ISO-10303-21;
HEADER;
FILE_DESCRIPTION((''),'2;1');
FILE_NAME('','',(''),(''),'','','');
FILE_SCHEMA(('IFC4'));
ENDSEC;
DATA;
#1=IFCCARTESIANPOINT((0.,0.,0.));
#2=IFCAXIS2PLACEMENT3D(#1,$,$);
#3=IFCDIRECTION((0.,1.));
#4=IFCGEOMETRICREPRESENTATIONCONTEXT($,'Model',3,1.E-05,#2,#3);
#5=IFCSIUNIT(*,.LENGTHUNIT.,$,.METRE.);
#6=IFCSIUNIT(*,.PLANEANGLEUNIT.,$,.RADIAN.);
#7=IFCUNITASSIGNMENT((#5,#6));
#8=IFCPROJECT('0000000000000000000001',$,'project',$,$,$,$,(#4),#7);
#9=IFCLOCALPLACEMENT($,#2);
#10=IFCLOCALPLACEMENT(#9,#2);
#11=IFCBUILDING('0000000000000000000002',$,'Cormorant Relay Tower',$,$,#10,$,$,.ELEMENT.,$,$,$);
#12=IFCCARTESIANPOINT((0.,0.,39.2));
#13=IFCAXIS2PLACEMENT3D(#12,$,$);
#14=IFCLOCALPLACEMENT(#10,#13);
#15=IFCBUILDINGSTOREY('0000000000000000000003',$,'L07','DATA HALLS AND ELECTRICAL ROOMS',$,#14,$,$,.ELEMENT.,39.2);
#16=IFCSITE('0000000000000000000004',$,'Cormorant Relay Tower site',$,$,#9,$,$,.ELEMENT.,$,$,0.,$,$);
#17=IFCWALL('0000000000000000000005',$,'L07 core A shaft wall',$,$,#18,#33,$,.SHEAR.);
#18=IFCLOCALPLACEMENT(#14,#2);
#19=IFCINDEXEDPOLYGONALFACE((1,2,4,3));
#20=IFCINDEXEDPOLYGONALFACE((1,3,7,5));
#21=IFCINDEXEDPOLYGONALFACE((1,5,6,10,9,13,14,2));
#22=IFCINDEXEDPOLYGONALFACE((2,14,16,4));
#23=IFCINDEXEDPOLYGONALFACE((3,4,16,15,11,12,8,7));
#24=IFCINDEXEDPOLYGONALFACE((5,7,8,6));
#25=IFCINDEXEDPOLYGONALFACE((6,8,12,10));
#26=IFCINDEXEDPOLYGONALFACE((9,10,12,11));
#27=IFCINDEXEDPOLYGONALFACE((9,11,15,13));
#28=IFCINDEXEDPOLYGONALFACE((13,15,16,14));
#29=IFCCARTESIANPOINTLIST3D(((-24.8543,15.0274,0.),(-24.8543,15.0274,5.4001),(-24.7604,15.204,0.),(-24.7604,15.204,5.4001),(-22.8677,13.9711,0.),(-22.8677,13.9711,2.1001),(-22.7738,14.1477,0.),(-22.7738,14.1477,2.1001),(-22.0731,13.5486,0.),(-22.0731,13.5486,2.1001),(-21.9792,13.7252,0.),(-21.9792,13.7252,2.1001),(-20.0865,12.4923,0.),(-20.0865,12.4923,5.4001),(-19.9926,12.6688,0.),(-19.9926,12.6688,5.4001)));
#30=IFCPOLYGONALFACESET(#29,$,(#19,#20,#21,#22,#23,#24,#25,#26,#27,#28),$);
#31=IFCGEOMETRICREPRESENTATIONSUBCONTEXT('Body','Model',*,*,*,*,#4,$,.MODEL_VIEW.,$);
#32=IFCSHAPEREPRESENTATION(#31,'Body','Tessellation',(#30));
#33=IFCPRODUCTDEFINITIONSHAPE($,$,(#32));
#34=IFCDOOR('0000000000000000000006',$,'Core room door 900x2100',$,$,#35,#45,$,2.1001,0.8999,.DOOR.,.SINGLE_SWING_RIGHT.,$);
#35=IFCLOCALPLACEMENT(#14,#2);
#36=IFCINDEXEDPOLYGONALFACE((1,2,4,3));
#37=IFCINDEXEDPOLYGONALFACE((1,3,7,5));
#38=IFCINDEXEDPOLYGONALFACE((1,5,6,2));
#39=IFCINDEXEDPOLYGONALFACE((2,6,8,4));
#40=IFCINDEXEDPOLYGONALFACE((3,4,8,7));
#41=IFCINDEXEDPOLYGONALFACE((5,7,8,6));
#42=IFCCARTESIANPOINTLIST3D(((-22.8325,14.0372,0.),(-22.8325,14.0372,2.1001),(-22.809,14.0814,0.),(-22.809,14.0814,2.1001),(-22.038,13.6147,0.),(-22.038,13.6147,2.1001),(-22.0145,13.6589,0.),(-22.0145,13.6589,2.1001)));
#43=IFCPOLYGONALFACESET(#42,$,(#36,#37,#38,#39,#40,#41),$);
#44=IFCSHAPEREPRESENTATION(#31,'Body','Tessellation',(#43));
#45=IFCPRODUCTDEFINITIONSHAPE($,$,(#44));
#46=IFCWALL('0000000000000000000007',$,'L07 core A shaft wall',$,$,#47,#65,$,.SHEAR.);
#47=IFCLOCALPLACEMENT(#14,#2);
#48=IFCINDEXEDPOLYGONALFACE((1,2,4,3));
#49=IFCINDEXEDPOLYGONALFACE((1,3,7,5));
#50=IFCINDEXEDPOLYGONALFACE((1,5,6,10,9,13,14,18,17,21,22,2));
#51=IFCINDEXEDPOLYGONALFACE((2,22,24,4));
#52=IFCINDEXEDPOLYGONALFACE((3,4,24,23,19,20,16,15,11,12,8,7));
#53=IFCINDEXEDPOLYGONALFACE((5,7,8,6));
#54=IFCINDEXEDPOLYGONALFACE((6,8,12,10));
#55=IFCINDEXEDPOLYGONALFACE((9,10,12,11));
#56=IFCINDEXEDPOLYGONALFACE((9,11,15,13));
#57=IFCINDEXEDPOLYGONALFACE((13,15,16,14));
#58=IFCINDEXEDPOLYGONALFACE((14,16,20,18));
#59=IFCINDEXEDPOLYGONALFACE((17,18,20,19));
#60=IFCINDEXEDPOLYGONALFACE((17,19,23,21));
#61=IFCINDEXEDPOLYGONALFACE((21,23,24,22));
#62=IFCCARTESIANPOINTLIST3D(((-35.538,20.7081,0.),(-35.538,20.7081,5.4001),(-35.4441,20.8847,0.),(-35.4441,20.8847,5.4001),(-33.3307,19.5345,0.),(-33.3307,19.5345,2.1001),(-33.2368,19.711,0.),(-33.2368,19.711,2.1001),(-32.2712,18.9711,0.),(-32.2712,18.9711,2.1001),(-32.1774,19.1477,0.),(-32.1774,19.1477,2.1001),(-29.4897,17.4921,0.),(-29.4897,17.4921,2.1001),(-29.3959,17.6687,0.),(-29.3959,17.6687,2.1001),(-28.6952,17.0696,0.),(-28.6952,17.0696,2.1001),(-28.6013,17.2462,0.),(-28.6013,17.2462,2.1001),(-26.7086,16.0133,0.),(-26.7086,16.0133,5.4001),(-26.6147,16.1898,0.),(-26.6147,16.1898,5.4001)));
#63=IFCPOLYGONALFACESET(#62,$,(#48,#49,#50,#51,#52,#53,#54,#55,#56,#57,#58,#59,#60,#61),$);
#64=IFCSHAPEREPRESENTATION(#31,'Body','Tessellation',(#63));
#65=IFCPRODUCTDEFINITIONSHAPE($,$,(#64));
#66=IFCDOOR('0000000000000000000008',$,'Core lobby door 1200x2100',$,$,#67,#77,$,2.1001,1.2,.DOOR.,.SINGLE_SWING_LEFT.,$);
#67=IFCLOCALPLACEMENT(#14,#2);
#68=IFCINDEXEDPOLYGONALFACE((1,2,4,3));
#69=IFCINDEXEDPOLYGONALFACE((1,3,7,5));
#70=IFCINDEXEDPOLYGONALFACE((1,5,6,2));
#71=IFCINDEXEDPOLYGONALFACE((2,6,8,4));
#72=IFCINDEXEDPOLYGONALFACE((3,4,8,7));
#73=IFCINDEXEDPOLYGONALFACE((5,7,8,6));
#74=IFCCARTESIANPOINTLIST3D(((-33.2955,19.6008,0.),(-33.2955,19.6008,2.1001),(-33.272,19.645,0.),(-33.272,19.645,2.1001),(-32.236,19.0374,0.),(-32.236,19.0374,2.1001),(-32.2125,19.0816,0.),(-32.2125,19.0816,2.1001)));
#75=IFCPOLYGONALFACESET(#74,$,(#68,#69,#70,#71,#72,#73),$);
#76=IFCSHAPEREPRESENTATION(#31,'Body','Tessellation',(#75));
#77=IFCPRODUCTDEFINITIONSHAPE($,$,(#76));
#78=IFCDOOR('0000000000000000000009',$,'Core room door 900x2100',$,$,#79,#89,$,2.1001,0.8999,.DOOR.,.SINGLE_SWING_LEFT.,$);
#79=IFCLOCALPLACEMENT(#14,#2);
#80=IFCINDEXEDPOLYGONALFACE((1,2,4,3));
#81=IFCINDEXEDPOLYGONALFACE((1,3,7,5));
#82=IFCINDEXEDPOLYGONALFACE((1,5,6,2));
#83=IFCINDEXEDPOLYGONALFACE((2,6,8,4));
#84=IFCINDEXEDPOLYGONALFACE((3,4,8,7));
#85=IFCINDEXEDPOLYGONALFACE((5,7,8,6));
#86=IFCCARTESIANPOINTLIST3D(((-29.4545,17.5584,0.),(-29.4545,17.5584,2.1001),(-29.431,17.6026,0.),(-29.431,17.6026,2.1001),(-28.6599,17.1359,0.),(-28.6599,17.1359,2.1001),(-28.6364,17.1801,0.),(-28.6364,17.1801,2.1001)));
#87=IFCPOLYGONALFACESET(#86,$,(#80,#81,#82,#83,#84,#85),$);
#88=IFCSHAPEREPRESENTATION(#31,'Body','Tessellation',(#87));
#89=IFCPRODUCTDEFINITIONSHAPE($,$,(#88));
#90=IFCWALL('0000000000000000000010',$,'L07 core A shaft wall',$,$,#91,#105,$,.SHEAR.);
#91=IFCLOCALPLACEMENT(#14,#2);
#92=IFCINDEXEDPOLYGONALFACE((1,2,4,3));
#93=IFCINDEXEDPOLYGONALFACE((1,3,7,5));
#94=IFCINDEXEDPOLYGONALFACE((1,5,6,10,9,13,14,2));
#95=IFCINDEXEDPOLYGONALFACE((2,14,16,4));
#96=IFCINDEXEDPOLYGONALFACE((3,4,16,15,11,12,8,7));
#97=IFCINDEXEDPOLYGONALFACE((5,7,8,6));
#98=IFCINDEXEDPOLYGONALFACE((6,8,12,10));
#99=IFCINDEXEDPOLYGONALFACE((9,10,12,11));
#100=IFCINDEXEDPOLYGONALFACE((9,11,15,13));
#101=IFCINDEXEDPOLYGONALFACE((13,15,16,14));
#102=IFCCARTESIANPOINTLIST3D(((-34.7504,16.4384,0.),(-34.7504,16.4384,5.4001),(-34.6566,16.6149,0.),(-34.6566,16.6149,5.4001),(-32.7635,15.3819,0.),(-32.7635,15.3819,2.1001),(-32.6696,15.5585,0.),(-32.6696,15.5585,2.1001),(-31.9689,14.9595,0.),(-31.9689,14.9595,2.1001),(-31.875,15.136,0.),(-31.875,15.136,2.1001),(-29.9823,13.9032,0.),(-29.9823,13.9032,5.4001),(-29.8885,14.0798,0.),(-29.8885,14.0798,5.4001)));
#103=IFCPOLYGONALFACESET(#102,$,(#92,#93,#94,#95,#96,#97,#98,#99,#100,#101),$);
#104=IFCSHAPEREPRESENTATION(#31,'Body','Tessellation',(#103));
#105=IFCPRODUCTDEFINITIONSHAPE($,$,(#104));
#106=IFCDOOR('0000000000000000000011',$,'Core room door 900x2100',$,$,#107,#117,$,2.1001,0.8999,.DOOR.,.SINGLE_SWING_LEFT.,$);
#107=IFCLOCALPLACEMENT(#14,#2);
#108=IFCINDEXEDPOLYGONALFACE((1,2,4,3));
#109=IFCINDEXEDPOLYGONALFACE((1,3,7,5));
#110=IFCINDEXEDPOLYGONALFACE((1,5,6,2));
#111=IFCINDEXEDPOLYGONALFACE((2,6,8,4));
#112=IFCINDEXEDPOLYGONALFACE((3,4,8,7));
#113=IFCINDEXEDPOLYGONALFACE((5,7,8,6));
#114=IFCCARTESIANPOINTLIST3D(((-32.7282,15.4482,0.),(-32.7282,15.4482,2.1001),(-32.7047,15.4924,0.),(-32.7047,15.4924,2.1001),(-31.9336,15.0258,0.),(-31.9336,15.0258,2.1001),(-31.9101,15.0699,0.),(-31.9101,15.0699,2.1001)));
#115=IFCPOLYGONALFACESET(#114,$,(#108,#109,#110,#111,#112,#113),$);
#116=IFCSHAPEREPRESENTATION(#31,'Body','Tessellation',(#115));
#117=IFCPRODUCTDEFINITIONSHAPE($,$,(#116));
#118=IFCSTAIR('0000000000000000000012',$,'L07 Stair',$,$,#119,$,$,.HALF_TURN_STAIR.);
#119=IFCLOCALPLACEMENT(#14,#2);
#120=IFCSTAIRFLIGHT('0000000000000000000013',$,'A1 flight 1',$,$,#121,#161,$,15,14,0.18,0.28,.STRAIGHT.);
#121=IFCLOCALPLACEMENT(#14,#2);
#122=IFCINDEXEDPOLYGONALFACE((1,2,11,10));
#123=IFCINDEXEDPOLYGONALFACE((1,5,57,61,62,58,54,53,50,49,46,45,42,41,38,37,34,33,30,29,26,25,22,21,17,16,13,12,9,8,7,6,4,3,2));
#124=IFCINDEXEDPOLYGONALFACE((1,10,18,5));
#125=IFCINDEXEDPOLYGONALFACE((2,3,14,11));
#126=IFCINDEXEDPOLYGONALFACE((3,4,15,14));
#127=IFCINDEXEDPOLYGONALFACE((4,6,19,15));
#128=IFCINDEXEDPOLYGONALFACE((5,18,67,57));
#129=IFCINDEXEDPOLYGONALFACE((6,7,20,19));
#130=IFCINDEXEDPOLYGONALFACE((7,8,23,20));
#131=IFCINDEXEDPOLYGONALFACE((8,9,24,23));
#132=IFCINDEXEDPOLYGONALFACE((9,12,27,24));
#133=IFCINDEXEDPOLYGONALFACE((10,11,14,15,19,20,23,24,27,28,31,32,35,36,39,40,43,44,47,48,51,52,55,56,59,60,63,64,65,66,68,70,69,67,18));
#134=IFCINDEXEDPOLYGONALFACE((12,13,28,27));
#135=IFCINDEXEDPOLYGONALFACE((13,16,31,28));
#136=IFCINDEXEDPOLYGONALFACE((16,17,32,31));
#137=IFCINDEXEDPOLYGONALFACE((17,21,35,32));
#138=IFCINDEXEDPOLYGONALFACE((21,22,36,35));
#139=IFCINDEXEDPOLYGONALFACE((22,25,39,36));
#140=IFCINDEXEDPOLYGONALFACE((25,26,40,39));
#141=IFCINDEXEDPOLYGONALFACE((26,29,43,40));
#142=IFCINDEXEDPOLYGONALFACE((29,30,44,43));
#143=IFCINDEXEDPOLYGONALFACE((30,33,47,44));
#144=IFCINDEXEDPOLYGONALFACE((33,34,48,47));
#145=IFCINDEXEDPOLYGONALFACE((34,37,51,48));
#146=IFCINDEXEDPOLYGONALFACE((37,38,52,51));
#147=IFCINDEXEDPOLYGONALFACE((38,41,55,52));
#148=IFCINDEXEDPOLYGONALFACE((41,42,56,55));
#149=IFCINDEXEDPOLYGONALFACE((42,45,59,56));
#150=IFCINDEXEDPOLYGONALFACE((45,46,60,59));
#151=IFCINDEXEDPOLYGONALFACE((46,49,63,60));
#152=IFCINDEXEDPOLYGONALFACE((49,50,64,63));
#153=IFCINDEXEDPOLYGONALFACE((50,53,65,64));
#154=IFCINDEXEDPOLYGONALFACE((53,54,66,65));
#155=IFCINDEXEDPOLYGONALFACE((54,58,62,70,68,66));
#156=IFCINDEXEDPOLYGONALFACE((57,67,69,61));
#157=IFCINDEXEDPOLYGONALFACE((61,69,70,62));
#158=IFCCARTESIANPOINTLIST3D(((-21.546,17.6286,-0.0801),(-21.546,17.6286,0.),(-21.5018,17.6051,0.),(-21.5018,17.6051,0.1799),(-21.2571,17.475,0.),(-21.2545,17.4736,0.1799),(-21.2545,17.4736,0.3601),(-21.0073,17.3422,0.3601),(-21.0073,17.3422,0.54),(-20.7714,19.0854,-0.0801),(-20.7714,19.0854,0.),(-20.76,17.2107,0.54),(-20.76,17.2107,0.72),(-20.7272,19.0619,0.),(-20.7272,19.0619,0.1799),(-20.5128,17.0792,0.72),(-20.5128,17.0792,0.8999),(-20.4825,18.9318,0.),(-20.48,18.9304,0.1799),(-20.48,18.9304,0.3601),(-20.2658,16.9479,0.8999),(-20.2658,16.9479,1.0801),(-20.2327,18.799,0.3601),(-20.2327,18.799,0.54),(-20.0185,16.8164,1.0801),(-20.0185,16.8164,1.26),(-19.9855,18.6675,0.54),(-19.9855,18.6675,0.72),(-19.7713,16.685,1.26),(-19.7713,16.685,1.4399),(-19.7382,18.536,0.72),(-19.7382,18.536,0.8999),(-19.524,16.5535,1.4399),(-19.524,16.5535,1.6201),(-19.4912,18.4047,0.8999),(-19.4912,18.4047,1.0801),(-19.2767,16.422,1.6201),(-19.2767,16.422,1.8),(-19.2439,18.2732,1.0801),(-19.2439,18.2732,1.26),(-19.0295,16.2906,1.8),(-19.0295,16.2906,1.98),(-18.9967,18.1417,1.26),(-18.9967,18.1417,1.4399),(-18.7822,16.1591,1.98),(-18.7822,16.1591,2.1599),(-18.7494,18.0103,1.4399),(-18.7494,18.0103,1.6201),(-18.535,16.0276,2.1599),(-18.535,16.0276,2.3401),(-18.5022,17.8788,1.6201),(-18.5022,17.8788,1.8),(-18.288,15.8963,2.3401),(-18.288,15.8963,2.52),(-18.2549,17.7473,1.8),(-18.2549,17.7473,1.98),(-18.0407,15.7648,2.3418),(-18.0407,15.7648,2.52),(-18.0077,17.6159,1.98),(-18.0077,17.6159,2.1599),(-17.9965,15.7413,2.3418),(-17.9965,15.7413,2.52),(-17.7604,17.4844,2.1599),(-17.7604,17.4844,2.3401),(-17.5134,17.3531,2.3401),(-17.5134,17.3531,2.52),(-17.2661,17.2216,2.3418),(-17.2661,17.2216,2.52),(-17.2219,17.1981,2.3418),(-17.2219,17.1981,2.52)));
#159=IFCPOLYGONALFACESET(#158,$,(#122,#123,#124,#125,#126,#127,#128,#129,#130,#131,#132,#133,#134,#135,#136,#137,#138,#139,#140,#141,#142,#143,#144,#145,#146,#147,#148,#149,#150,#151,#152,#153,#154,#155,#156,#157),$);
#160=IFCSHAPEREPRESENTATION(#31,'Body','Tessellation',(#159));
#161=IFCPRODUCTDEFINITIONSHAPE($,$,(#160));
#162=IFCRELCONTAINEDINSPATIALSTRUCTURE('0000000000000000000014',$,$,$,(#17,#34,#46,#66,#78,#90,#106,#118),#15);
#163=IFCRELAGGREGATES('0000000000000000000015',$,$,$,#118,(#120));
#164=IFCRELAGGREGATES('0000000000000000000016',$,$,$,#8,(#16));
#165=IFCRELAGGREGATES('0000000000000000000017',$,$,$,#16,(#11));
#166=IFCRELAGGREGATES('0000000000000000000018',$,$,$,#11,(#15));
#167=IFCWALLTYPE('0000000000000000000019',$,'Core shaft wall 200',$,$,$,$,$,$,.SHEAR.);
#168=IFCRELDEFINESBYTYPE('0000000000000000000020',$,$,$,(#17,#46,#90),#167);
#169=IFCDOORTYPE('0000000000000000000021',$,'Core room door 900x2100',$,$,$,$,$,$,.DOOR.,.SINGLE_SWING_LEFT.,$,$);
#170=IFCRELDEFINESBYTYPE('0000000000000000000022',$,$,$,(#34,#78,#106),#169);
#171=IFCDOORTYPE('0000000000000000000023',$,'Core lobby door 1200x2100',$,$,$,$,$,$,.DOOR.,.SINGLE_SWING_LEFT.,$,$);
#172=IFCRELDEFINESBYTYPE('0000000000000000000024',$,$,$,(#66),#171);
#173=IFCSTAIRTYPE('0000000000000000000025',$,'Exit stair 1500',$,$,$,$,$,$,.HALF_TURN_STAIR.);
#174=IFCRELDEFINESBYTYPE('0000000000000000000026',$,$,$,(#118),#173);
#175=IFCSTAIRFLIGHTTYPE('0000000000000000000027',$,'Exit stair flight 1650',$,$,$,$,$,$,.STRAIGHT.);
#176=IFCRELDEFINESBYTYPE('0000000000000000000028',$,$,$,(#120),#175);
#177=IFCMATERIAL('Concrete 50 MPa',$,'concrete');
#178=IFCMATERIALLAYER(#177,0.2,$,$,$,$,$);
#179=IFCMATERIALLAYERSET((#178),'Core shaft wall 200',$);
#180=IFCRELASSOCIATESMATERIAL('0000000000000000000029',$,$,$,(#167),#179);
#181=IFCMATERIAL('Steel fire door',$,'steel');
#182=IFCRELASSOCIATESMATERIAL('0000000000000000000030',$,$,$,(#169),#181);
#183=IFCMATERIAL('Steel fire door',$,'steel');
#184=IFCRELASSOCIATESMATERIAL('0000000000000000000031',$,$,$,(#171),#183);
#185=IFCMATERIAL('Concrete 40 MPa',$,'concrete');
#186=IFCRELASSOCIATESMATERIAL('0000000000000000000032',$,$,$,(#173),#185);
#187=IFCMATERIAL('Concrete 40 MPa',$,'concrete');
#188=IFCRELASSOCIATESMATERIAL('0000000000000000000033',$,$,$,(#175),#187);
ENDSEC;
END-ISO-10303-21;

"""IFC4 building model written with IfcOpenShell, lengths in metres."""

from ifc_helpers import new_model, si_unit, direction, frame, frame_2d, origin, place, context, subcontext, project, spatial, polyline, rectangle, outline, extrude, material, layer, layer_set, type_object, element, fill, aggregate, save


model = new_model("IFC4")

# Units and contexts
model_context = context("Model", 3, precision=1e-05, world=origin(), true_north=direction((0.0, 1.0)))
body_context = subcontext(model_context, "Body", "Model", "MODEL_VIEW")
ifc_project = project(units=[si_unit("LENGTHUNIT", "METRE"), si_unit("PLANEANGLEUNIT", "RADIAN")], contexts=[model_context])

# Site, building, storey
site_placement = place(None, origin())
site = spatial("IfcSite", under=ifc_project, at=site_placement, Name="Cormorant Relay Tower site", CompositionType="ELEMENT", RefElevation=0.0)
building_placement = place(site_placement, origin())
building = spatial("IfcBuilding", under=site, at=building_placement, Name="Cormorant Relay Tower", CompositionType="ELEMENT")
storey_placement = place(building_placement, frame((0.0, 0.0, 39.2)))
storey = spatial("IfcBuildingStorey", under=building, at=storey_placement, Name="L07", Description="DATA HALLS AND ELECTRICAL ROOMS", CompositionType="ELEMENT", Elevation=39.2)

# Shared definitions
ifc_material_1 = material(Name="Concrete 50 MPa", Category="concrete")
ifc_layer_1 = layer(ifc_material_1, 0.2)
ifc_layer_set_1 = layer_set([ifc_layer_1], Name="Core shaft wall 200")
wall_type_1 = type_object("IfcWallType", Name="Core shaft wall 200", PredefinedType="SHEAR", material=ifc_layer_set_1)

# Shared definitions
ifc_material_2 = material(Name="Steel fire door", Category="steel")
door_type_1 = type_object("IfcDoorType", Name="Core room door 900x2100", OperationType="SINGLE_SWING_LEFT", PredefinedType="DOOR", material=ifc_material_2)

# Wall, opening, door
wall_1_placement = place(storey_placement, frame((-20.0396, 12.5806, 0.0), z_axis=(0.0, 0.0, 1.0), x_axis=(-0.882943, 0.46948, 0.0)))
wall_1 = element("IfcWall", 1, at=wall_1_placement, inside=storey, type_object=wall_type_1, Name="L07 core A shaft wall", PredefinedType="SHEAR", context=body_context, shape_type="SweptSolid", body=[
    extrude(rectangle(XDim=5.3999, YDim=0.2, at=frame_2d((2.7, 0.0))), origin(), (0.0, 0.0, 1.0), 5.4001),
])
opening_1_placement = place(wall_1_placement, frame((2.25, 0.0, 0.0)))
opening_1 = element("IfcOpeningElement", 2, at=opening_1_placement, cuts=wall_1, PredefinedType="OPENING", context=body_context, shape_type="SweptSolid", body=[
    extrude(rectangle(XDim=0.8999, YDim=2.1001, at=frame_2d((0.45, 1.05))), frame((0.0, 0.1099, 0.0), z_axis=(0.0, -1.0, 0.0), x_axis=(1.0, 0.0, 0.0)), (0.0, 0.0, 1.0), 0.22),
])
door_1_placement = place(opening_1_placement, frame((0.8999, 0.0, 0.0), z_axis=(0.0, 0.0, 1.0), x_axis=(-1.0, 0.0, 0.0)))
door_1 = element("IfcDoor", 3, at=door_1_placement, inside=storey, type_object=door_type_1, Name="Core room door 900x2100", OperationType="SINGLE_SWING_RIGHT", OverallHeight=2.1001, OverallWidth=0.8999, PredefinedType="DOOR", context=body_context, shape_type="SweptSolid", body=[
    extrude(rectangle(XDim=0.8999, YDim=2.1001, at=frame_2d((0.45, 1.05))), frame((0.0, 0.0249, 0.0), z_axis=(0.0, -1.0, 0.0), x_axis=(1.0, 0.0, 0.0)), (0.0, 0.0, 1.0), 0.05),
])
fill(opening_1, door_1)

# Wall, openings, doors
wall_2_placement = place(storey_placement, frame((-26.6616, 16.1016, 0.0), z_axis=(0.0, 0.0, 1.0), x_axis=(-0.88294, 0.469485, 0.0)))
wall_2 = element("IfcWall", 4, at=wall_2_placement, inside=storey, type_object=wall_type_1, Name="L07 core A shaft wall", PredefinedType="SHEAR", context=body_context, shape_type="SweptSolid", body=[
    extrude(rectangle(XDim=10.0, YDim=0.2, at=frame_2d((5.0, 0.0))), origin(), (0.0, 0.0, 1.0), 5.4001),
])
opening_2_placement = place(wall_2_placement, frame((6.3, 0.0, 0.0)))
opening_2 = element("IfcOpeningElement", 5, at=opening_2_placement, cuts=wall_2, PredefinedType="OPENING", context=body_context, shape_type="SweptSolid", body=[
    extrude(rectangle(XDim=1.2, YDim=2.1001, at=frame_2d((0.6001, 1.05))), frame((0.0, 0.1099, 0.0), z_axis=(0.0, -1.0, 0.0), x_axis=(1.0, 0.0, 0.0)), (0.0, 0.0, 1.0), 0.22),
])
opening_3_placement = place(wall_2_placement, frame((2.25, 0.0, 0.0)))
opening_3 = element("IfcOpeningElement", 6, at=opening_3_placement, cuts=wall_2, PredefinedType="OPENING", context=body_context, shape_type="SweptSolid", body=[
    extrude(rectangle(XDim=0.8999, YDim=2.1001, at=frame_2d((0.45, 1.05))), frame((0.0, 0.1099, 0.0), z_axis=(0.0, -1.0, 0.0), x_axis=(1.0, 0.0, 0.0)), (0.0, 0.0, 1.0), 0.22),
])
ifc_material_3 = material(Name="Steel fire door", Category="steel")
door_type_2 = type_object("IfcDoorType", Name="Core lobby door 1200x2100", OperationType="SINGLE_SWING_LEFT", PredefinedType="DOOR", material=ifc_material_3)
door_2_placement = place(opening_2_placement, origin())
door_2 = element("IfcDoor", 7, at=door_2_placement, inside=storey, type_object=door_type_2, Name="Core lobby door 1200x2100", OperationType="SINGLE_SWING_LEFT", OverallHeight=2.1001, OverallWidth=1.2, PredefinedType="DOOR", context=body_context, shape_type="SweptSolid", body=[
    extrude(rectangle(XDim=1.2, YDim=2.1001, at=frame_2d((0.6001, 1.05))), frame((0.0, 0.0249, 0.0), z_axis=(0.0, -1.0, 0.0), x_axis=(1.0, 0.0, 0.0)), (0.0, 0.0, 1.0), 0.05),
])
fill(opening_2, door_2)
door_3_placement = place(opening_3_placement, origin())
door_3 = element("IfcDoor", 8, at=door_3_placement, inside=storey, type_object=door_type_1, Name="Core room door 900x2100", OperationType="SINGLE_SWING_LEFT", OverallHeight=2.1001, OverallWidth=0.8999, PredefinedType="DOOR", context=body_context, shape_type="SweptSolid", body=[
    extrude(rectangle(XDim=0.8999, YDim=2.1001, at=frame_2d((0.45, 1.05))), frame((0.0, 0.0249, 0.0), z_axis=(0.0, -1.0, 0.0), x_axis=(1.0, 0.0, 0.0)), (0.0, 0.0, 1.0), 0.05),
])
fill(opening_3, door_3)

# Wall, opening, door
wall_3_placement = place(storey_placement, frame((-29.9353, 13.9915, 0.0), z_axis=(0.0, 0.0, 1.0), x_axis=(-0.882953, 0.469462, 0.0)))
wall_3 = element("IfcWall", 9, at=wall_3_placement, inside=storey, type_object=wall_type_1, Name="L07 core A shaft wall", PredefinedType="SHEAR", context=body_context, shape_type="SweptSolid", body=[
    extrude(rectangle(XDim=5.4001, YDim=0.2, at=frame_2d((2.7002, 0.0))), origin(), (0.0, 0.0, 1.0), 5.4001),
])
opening_4_placement = place(wall_3_placement, frame((2.25, 0.0, 0.0)))
opening_4 = element("IfcOpeningElement", 10, at=opening_4_placement, cuts=wall_3, PredefinedType="OPENING", context=body_context, shape_type="SweptSolid", body=[
    extrude(rectangle(XDim=0.8999, YDim=2.1001, at=frame_2d((0.45, 1.05))), frame((0.0, 0.1099, 0.0), z_axis=(0.0, -1.0, 0.0), x_axis=(1.0, 0.0, 0.0)), (0.0, 0.0, 1.0), 0.22),
])
door_4_placement = place(opening_4_placement, origin())
door_4 = element("IfcDoor", 11, at=door_4_placement, inside=storey, type_object=door_type_1, Name="Core room door 900x2100", OperationType="SINGLE_SWING_LEFT", OverallHeight=2.1001, OverallWidth=0.8999, PredefinedType="DOOR", context=body_context, shape_type="SweptSolid", body=[
    extrude(rectangle(XDim=0.8999, YDim=2.1001, at=frame_2d((0.45, 1.05))), frame((0.0, 0.0249, 0.0), z_axis=(0.0, -1.0, 0.0), x_axis=(1.0, 0.0, 0.0)), (0.0, 0.0, 1.0), 0.05),
])
fill(opening_4, door_4)

# Stair, stair flight
ifc_material_4 = material(Name="Concrete 40 MPa", Category="concrete")
stair_type = type_object("IfcStairType", Name="Exit stair 1500", PredefinedType="HALF_TURN_STAIR", material=ifc_material_4)
stair_placement = place(storey_placement, origin())
stair = element("IfcStair", 12, at=stair_placement, inside=storey, type_object=stair_type, Name="L07 Stair", PredefinedType="HALF_TURN_STAIR")
ifc_material_5 = material(Name="Concrete 40 MPa", Category="concrete")
stair_flight_type = type_object("IfcStairFlightType", Name="Exit stair flight 1650", PredefinedType="STRAIGHT", material=ifc_material_5)
stair_flight_placement = place(storey_placement, frame((-21.1145, 18.3335, 0.0), z_axis=(0.0, 0.0, 1.0), x_axis=(0.882948, -0.469472, 0.0)))
stair_flight = element("IfcStairFlight", 13, at=stair_flight_placement, type_object=stair_flight_type, Name="A1 flight 1", NumberOfRisers=15, NumberOfTreads=14, PredefinedType="STRAIGHT", RiserHeight=0.18, TreadLength=0.28, context=body_context, shape_type="SweptSolid", body=[
    extrude(outline(polyline([(-0.05, -0.0801), (-0.05, 0.0), (0.0, 0.0), (0.0, 0.1799), (0.28, 0.1799), (0.28, 0.3601), (0.5601, 0.3601), (0.5601, 0.54), (0.8401, 0.54), (0.8401, 0.72), (1.1201, 0.72), (1.1201, 0.8999), (1.3999, 0.8999), (1.3999, 1.0801), (1.6799, 1.0801), (1.6799, 1.26), (1.96, 1.26), (1.96, 1.4399), (2.24, 1.4399), (2.24, 1.6201), (2.52, 1.6201), (2.52, 1.8), (2.8, 1.8), (2.8, 1.98), (3.0801, 1.98), (3.0801, 2.1599), (3.3601, 2.1599), (3.3601, 2.3401), (3.6399, 2.3401), (3.6399, 2.52), (3.9199, 2.52), (3.97, 2.52), (3.97, 2.3418), (3.9199, 2.3418), (0.2771, 0.0), (-0.05, -0.0801)])), frame((0.0, 0.825, 0.0), z_axis=(0.0, -1.0, 0.0), x_axis=(1.0, 0.0, 0.0)), (0.0, 0.0, 1.0), 1.6499),
])
aggregate(stair, [stair_flight])

save(model, "model.ifc")
